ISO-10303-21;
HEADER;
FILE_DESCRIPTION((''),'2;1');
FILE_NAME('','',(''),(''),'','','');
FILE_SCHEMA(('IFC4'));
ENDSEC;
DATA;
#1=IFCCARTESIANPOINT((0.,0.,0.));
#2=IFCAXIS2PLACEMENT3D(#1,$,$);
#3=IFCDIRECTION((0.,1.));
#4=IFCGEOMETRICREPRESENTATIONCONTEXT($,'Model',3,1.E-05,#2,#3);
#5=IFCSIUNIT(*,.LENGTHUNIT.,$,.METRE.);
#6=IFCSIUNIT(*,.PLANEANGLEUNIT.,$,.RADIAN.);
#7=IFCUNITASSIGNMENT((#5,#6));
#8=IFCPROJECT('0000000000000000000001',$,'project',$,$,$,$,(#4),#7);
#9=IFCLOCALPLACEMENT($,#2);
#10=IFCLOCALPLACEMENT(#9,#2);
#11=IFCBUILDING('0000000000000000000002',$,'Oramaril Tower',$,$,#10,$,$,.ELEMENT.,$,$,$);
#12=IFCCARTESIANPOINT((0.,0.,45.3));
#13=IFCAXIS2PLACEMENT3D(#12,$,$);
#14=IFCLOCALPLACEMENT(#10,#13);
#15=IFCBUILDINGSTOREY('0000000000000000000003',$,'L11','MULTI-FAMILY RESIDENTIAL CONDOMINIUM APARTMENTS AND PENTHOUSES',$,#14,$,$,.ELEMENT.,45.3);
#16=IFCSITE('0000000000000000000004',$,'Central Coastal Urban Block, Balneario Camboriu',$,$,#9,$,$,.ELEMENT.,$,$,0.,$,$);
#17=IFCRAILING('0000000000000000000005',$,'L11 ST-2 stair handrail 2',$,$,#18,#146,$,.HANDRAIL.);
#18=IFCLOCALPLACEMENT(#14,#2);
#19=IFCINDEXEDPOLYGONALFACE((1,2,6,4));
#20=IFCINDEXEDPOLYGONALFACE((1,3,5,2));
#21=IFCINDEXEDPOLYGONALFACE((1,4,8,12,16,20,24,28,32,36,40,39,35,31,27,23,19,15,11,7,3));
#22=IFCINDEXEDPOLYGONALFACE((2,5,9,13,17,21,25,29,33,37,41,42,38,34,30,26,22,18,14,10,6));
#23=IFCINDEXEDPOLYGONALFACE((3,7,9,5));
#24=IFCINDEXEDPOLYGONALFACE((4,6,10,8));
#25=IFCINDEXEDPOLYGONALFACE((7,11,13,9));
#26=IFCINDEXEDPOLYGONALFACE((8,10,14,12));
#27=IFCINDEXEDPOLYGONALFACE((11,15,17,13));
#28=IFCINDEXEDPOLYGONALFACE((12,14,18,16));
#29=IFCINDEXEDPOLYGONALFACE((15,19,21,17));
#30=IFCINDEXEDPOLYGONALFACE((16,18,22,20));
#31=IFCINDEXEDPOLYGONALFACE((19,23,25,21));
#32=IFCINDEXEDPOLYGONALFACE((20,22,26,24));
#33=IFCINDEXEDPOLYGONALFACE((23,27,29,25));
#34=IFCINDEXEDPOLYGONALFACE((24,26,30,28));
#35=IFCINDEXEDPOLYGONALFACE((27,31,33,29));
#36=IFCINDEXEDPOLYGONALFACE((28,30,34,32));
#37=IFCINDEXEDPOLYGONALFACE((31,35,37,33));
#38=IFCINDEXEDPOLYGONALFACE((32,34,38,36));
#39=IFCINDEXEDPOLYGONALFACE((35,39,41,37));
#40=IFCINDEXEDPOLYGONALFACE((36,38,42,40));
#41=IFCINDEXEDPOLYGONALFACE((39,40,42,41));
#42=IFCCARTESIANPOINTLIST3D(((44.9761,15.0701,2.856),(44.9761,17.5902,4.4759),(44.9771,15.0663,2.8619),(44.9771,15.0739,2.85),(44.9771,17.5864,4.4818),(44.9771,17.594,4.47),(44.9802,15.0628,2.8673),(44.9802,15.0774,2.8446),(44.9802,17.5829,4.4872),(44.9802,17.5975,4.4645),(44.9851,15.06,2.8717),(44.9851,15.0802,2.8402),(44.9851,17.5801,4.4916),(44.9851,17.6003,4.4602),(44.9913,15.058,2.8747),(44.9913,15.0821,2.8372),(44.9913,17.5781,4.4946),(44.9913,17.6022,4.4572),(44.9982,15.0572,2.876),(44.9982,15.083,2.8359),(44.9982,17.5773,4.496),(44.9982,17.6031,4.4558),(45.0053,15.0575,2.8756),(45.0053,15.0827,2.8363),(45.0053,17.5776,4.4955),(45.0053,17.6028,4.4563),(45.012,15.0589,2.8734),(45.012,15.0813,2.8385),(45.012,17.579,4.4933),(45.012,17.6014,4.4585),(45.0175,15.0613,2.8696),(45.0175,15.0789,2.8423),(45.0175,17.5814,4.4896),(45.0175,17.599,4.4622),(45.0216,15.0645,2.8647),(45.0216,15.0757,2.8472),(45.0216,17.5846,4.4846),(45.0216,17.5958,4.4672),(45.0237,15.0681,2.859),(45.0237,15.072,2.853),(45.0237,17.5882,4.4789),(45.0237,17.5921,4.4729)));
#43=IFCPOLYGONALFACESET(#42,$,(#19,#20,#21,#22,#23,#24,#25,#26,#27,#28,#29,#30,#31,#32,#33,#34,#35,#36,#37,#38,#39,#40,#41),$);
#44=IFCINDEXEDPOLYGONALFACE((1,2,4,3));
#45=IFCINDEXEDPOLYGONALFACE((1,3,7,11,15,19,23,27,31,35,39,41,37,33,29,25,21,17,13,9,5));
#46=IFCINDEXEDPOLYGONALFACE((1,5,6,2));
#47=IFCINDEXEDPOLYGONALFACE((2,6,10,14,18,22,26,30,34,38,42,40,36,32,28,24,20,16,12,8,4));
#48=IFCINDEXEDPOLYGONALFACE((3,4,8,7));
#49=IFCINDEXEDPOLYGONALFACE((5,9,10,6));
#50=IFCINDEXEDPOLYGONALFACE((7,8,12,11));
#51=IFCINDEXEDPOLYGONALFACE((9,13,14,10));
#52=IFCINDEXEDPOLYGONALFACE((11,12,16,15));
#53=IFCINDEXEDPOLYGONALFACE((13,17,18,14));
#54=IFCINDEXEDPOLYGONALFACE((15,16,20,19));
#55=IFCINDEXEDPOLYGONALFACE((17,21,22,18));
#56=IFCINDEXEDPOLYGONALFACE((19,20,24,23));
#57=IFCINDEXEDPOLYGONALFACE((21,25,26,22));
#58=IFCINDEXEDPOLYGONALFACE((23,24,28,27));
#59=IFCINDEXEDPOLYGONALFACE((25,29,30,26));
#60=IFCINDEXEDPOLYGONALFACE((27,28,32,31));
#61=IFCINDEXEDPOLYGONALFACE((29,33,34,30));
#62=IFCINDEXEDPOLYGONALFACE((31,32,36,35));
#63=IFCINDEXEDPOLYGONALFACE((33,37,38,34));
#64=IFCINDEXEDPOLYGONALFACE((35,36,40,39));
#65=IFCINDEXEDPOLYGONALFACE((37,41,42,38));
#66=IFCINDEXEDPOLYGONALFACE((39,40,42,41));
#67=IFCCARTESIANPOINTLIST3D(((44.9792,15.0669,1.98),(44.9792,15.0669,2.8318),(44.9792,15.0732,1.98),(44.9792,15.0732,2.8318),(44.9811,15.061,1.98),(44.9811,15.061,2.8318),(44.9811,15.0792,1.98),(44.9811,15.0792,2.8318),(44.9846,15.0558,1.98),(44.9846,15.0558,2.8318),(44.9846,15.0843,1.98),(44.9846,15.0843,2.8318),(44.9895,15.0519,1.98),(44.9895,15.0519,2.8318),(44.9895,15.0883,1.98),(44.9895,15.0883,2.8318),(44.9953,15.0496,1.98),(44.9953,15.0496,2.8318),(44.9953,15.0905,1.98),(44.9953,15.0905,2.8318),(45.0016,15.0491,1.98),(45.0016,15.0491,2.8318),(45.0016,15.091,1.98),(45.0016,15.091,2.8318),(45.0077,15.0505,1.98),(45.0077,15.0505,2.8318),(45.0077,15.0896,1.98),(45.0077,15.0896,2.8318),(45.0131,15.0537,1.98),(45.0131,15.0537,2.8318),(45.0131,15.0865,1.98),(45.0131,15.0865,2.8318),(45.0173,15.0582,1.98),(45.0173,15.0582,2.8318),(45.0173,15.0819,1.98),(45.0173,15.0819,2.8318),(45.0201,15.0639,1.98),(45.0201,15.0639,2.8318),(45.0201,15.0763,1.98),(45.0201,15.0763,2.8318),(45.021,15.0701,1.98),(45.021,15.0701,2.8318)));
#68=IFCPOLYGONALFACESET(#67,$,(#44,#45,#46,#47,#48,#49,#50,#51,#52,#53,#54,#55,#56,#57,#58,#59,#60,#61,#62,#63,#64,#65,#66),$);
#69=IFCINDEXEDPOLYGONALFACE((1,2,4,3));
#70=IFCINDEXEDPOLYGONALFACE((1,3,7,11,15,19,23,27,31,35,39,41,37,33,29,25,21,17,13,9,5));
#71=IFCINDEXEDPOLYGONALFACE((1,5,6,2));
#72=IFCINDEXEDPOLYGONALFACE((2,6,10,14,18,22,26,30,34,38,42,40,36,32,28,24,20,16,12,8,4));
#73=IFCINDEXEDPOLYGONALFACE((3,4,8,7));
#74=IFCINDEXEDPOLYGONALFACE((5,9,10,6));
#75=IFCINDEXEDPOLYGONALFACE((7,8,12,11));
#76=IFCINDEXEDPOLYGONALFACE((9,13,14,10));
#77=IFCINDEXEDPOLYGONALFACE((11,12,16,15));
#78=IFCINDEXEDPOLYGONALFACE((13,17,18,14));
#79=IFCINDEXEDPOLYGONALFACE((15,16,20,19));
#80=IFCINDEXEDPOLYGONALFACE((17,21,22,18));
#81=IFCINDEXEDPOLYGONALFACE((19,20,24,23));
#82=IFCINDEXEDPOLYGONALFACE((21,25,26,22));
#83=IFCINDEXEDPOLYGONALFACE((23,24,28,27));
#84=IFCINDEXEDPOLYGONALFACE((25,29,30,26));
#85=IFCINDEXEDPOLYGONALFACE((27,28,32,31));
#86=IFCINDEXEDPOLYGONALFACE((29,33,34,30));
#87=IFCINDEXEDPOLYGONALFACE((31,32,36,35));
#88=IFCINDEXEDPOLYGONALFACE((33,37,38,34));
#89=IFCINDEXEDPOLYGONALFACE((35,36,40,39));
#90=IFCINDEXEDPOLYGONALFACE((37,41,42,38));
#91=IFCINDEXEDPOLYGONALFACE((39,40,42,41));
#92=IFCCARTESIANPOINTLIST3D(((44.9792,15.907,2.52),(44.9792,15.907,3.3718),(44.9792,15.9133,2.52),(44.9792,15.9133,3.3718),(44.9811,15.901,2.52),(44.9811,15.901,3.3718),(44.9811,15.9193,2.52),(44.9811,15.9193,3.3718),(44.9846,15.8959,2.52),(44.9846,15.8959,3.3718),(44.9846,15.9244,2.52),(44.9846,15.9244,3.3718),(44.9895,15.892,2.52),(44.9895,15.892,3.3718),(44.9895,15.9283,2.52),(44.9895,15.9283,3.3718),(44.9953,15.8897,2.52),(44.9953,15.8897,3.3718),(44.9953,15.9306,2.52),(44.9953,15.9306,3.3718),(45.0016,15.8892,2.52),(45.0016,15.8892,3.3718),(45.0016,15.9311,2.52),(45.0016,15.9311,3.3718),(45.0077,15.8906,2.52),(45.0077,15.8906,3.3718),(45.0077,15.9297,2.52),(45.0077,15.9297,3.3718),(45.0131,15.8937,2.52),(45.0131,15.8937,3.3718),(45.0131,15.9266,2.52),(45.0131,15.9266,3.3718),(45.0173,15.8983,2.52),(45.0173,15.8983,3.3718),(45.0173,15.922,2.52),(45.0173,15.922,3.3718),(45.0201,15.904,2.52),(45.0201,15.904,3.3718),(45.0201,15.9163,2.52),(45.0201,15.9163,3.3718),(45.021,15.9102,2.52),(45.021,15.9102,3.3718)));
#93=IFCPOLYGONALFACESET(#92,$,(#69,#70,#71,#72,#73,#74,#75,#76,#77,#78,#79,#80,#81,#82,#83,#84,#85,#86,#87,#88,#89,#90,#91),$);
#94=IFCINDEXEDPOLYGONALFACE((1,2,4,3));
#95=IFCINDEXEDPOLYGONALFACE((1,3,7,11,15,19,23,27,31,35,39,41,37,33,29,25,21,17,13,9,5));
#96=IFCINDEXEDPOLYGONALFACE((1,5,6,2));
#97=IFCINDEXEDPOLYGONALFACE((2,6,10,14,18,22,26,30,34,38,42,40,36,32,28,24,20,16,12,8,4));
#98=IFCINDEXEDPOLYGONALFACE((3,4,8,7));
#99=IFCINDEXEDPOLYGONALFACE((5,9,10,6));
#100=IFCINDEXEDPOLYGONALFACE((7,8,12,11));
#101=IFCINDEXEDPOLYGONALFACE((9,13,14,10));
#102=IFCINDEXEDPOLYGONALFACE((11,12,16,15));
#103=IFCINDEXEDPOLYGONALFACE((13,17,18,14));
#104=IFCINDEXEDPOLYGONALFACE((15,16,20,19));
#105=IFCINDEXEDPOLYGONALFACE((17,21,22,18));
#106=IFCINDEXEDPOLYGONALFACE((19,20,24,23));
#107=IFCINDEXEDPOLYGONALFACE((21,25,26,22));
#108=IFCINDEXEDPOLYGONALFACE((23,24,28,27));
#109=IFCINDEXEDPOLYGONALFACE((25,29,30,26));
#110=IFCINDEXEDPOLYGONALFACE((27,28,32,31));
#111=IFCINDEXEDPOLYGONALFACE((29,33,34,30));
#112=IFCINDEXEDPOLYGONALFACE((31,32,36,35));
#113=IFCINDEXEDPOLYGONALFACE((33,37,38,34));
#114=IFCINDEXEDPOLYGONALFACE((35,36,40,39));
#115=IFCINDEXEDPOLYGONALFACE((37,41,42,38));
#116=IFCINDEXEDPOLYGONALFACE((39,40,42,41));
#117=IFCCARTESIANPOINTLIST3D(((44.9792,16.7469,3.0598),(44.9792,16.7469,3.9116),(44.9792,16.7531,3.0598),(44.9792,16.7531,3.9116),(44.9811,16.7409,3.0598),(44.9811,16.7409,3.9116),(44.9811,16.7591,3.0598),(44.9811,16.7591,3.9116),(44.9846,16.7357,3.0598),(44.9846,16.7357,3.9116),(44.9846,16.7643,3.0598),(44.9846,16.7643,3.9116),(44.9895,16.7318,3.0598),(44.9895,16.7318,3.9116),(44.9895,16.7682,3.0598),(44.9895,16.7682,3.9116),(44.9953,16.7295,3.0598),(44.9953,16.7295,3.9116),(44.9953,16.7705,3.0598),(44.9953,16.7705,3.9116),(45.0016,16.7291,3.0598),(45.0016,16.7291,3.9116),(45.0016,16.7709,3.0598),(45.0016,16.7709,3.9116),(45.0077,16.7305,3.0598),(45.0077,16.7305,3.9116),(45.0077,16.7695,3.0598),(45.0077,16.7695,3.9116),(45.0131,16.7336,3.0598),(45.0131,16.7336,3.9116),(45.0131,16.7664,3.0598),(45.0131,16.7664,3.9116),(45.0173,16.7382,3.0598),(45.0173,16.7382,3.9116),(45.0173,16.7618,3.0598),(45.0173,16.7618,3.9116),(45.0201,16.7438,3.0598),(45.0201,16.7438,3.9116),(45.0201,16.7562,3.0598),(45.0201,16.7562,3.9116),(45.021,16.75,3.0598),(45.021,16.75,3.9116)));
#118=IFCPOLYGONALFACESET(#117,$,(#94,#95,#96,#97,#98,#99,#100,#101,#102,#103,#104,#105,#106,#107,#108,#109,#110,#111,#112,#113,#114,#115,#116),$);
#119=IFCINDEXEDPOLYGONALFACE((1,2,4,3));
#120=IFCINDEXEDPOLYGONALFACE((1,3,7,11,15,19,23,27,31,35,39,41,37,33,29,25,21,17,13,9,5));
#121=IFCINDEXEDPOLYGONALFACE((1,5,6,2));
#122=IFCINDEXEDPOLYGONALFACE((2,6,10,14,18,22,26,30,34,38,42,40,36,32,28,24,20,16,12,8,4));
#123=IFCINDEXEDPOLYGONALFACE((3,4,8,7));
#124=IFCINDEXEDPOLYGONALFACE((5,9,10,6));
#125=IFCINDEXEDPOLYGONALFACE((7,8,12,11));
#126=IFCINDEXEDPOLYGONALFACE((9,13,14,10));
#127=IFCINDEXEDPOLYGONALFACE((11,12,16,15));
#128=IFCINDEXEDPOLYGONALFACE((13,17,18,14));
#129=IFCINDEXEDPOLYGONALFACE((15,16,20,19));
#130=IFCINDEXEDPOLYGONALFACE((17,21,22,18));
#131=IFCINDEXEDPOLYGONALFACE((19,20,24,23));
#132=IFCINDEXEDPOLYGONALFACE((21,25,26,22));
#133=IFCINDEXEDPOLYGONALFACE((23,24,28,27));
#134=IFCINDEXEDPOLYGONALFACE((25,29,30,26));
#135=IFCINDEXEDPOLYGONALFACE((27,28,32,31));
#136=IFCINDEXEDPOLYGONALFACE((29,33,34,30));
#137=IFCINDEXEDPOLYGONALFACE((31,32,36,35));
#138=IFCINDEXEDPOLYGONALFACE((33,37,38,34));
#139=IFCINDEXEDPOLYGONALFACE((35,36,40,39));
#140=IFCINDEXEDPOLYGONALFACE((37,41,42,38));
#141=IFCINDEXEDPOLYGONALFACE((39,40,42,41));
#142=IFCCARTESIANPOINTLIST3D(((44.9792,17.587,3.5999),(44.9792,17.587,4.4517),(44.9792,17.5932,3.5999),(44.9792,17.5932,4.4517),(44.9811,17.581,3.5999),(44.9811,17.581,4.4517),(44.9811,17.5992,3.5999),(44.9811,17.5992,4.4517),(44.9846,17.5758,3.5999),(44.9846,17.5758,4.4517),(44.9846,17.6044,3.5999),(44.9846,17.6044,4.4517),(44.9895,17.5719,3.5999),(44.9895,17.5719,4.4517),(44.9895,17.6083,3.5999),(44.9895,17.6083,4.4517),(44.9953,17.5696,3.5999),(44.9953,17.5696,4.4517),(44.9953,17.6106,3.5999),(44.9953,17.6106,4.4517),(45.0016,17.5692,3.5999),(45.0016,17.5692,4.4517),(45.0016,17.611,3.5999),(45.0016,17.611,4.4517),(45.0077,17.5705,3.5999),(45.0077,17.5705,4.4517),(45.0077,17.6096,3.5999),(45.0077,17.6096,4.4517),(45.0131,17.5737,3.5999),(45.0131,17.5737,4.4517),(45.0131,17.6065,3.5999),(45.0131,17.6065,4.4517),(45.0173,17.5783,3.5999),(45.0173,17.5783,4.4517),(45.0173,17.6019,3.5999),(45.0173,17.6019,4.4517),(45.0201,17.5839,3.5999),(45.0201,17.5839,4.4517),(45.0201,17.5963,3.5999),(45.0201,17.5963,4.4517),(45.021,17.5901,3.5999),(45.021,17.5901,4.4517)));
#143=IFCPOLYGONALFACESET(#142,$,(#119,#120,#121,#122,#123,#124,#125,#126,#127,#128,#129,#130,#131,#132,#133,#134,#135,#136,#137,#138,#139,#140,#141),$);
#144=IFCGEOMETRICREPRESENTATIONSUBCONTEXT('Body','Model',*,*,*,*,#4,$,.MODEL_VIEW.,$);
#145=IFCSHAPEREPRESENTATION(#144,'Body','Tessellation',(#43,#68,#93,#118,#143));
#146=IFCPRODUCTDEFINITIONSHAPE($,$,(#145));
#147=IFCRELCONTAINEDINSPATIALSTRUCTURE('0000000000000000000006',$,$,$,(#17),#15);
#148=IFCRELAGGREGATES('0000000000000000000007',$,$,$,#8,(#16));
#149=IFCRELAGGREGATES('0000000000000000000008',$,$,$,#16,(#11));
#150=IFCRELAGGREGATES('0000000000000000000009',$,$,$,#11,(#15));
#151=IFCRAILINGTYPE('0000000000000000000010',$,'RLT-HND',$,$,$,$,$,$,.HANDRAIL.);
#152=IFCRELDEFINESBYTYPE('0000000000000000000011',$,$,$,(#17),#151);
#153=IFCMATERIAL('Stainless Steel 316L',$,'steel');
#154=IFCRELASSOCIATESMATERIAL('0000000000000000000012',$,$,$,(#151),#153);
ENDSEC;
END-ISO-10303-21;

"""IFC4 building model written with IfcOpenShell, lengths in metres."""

from ifc_helpers import new_model, si_unit, direction, frame, origin, origin_2d, place, context, subcontext, project, spatial, circle, extrude, material, type_object, element, save


model = new_model("IFC4")

# Units and contexts
model_context = context("Model", 3, precision=1e-05, world=origin(), true_north=direction((0.0, 1.0)))
body_context = subcontext(model_context, "Body", "Model", "MODEL_VIEW")
ifc_project = project(units=[si_unit("LENGTHUNIT", "METRE"), si_unit("PLANEANGLEUNIT", "RADIAN")], contexts=[model_context])

# Site, building, storey
site_placement = place(None, origin())
site = spatial("IfcSite", under=ifc_project, at=site_placement, Name="Central Coastal Urban Block, Balneario Camboriu", CompositionType="ELEMENT", RefElevation=0.0)
building_placement = place(site_placement, origin())
building = spatial("IfcBuilding", under=site, at=building_placement, Name="Oramaril Tower", CompositionType="ELEMENT")
storey_placement = place(building_placement, frame((0.0, 0.0, 45.3)))
storey = spatial("IfcBuildingStorey", under=building, at=storey_placement, Name="L11", Description="MULTI-FAMILY RESIDENTIAL CONDOMINIUM APARTMENTS AND PENTHOUSES", CompositionType="ELEMENT", Elevation=45.3)

# Railing
ifc_material_1 = material(Name="Stainless Steel 316L", Category="steel")
railing_type_1 = type_object("IfcRailingType", Name="RLT-HND", PredefinedType="HANDRAIL", material=ifc_material_1)
for number, where, name in (
    (1, (45.0, 15.0701, 1.98), "L11 ST-2 stair handrail 2"),
):
    element("IfcRailing", number, at=place(storey_placement, frame(where)), inside=storey, type_object=railing_type_1, Name=name, PredefinedType="HANDRAIL", context=body_context, shape_type="SweptSolid", body=[
        extrude(circle(Radius=0.0239, at=origin_2d()), frame((0.0, 0.0, 0.876), z_axis=(0.0, 0.8412, 0.540725), x_axis=(-1.0, 0.0, 0.0)), (0.0, 0.0, 1.0), 2.9958),
        extrude(circle(Radius=0.021, at=origin_2d()), origin(), (0.0, 0.0, 1.0), 0.8518),
        extrude(circle(Radius=0.021, at=origin_2d()), frame((0.0, 0.8401, 0.54)), (0.0, 0.0, 1.0), 0.8518),
        extrude(circle(Radius=0.021, at=origin_2d()), frame((0.0, 1.6799, 1.0798)), (0.0, 0.0, 1.0), 0.8518),
        extrude(circle(Radius=0.021, at=origin_2d()), frame((0.0, 2.52, 1.6199)), (0.0, 0.0, 1.0), 0.8518),
    ])

save(model, "model.ifc")
